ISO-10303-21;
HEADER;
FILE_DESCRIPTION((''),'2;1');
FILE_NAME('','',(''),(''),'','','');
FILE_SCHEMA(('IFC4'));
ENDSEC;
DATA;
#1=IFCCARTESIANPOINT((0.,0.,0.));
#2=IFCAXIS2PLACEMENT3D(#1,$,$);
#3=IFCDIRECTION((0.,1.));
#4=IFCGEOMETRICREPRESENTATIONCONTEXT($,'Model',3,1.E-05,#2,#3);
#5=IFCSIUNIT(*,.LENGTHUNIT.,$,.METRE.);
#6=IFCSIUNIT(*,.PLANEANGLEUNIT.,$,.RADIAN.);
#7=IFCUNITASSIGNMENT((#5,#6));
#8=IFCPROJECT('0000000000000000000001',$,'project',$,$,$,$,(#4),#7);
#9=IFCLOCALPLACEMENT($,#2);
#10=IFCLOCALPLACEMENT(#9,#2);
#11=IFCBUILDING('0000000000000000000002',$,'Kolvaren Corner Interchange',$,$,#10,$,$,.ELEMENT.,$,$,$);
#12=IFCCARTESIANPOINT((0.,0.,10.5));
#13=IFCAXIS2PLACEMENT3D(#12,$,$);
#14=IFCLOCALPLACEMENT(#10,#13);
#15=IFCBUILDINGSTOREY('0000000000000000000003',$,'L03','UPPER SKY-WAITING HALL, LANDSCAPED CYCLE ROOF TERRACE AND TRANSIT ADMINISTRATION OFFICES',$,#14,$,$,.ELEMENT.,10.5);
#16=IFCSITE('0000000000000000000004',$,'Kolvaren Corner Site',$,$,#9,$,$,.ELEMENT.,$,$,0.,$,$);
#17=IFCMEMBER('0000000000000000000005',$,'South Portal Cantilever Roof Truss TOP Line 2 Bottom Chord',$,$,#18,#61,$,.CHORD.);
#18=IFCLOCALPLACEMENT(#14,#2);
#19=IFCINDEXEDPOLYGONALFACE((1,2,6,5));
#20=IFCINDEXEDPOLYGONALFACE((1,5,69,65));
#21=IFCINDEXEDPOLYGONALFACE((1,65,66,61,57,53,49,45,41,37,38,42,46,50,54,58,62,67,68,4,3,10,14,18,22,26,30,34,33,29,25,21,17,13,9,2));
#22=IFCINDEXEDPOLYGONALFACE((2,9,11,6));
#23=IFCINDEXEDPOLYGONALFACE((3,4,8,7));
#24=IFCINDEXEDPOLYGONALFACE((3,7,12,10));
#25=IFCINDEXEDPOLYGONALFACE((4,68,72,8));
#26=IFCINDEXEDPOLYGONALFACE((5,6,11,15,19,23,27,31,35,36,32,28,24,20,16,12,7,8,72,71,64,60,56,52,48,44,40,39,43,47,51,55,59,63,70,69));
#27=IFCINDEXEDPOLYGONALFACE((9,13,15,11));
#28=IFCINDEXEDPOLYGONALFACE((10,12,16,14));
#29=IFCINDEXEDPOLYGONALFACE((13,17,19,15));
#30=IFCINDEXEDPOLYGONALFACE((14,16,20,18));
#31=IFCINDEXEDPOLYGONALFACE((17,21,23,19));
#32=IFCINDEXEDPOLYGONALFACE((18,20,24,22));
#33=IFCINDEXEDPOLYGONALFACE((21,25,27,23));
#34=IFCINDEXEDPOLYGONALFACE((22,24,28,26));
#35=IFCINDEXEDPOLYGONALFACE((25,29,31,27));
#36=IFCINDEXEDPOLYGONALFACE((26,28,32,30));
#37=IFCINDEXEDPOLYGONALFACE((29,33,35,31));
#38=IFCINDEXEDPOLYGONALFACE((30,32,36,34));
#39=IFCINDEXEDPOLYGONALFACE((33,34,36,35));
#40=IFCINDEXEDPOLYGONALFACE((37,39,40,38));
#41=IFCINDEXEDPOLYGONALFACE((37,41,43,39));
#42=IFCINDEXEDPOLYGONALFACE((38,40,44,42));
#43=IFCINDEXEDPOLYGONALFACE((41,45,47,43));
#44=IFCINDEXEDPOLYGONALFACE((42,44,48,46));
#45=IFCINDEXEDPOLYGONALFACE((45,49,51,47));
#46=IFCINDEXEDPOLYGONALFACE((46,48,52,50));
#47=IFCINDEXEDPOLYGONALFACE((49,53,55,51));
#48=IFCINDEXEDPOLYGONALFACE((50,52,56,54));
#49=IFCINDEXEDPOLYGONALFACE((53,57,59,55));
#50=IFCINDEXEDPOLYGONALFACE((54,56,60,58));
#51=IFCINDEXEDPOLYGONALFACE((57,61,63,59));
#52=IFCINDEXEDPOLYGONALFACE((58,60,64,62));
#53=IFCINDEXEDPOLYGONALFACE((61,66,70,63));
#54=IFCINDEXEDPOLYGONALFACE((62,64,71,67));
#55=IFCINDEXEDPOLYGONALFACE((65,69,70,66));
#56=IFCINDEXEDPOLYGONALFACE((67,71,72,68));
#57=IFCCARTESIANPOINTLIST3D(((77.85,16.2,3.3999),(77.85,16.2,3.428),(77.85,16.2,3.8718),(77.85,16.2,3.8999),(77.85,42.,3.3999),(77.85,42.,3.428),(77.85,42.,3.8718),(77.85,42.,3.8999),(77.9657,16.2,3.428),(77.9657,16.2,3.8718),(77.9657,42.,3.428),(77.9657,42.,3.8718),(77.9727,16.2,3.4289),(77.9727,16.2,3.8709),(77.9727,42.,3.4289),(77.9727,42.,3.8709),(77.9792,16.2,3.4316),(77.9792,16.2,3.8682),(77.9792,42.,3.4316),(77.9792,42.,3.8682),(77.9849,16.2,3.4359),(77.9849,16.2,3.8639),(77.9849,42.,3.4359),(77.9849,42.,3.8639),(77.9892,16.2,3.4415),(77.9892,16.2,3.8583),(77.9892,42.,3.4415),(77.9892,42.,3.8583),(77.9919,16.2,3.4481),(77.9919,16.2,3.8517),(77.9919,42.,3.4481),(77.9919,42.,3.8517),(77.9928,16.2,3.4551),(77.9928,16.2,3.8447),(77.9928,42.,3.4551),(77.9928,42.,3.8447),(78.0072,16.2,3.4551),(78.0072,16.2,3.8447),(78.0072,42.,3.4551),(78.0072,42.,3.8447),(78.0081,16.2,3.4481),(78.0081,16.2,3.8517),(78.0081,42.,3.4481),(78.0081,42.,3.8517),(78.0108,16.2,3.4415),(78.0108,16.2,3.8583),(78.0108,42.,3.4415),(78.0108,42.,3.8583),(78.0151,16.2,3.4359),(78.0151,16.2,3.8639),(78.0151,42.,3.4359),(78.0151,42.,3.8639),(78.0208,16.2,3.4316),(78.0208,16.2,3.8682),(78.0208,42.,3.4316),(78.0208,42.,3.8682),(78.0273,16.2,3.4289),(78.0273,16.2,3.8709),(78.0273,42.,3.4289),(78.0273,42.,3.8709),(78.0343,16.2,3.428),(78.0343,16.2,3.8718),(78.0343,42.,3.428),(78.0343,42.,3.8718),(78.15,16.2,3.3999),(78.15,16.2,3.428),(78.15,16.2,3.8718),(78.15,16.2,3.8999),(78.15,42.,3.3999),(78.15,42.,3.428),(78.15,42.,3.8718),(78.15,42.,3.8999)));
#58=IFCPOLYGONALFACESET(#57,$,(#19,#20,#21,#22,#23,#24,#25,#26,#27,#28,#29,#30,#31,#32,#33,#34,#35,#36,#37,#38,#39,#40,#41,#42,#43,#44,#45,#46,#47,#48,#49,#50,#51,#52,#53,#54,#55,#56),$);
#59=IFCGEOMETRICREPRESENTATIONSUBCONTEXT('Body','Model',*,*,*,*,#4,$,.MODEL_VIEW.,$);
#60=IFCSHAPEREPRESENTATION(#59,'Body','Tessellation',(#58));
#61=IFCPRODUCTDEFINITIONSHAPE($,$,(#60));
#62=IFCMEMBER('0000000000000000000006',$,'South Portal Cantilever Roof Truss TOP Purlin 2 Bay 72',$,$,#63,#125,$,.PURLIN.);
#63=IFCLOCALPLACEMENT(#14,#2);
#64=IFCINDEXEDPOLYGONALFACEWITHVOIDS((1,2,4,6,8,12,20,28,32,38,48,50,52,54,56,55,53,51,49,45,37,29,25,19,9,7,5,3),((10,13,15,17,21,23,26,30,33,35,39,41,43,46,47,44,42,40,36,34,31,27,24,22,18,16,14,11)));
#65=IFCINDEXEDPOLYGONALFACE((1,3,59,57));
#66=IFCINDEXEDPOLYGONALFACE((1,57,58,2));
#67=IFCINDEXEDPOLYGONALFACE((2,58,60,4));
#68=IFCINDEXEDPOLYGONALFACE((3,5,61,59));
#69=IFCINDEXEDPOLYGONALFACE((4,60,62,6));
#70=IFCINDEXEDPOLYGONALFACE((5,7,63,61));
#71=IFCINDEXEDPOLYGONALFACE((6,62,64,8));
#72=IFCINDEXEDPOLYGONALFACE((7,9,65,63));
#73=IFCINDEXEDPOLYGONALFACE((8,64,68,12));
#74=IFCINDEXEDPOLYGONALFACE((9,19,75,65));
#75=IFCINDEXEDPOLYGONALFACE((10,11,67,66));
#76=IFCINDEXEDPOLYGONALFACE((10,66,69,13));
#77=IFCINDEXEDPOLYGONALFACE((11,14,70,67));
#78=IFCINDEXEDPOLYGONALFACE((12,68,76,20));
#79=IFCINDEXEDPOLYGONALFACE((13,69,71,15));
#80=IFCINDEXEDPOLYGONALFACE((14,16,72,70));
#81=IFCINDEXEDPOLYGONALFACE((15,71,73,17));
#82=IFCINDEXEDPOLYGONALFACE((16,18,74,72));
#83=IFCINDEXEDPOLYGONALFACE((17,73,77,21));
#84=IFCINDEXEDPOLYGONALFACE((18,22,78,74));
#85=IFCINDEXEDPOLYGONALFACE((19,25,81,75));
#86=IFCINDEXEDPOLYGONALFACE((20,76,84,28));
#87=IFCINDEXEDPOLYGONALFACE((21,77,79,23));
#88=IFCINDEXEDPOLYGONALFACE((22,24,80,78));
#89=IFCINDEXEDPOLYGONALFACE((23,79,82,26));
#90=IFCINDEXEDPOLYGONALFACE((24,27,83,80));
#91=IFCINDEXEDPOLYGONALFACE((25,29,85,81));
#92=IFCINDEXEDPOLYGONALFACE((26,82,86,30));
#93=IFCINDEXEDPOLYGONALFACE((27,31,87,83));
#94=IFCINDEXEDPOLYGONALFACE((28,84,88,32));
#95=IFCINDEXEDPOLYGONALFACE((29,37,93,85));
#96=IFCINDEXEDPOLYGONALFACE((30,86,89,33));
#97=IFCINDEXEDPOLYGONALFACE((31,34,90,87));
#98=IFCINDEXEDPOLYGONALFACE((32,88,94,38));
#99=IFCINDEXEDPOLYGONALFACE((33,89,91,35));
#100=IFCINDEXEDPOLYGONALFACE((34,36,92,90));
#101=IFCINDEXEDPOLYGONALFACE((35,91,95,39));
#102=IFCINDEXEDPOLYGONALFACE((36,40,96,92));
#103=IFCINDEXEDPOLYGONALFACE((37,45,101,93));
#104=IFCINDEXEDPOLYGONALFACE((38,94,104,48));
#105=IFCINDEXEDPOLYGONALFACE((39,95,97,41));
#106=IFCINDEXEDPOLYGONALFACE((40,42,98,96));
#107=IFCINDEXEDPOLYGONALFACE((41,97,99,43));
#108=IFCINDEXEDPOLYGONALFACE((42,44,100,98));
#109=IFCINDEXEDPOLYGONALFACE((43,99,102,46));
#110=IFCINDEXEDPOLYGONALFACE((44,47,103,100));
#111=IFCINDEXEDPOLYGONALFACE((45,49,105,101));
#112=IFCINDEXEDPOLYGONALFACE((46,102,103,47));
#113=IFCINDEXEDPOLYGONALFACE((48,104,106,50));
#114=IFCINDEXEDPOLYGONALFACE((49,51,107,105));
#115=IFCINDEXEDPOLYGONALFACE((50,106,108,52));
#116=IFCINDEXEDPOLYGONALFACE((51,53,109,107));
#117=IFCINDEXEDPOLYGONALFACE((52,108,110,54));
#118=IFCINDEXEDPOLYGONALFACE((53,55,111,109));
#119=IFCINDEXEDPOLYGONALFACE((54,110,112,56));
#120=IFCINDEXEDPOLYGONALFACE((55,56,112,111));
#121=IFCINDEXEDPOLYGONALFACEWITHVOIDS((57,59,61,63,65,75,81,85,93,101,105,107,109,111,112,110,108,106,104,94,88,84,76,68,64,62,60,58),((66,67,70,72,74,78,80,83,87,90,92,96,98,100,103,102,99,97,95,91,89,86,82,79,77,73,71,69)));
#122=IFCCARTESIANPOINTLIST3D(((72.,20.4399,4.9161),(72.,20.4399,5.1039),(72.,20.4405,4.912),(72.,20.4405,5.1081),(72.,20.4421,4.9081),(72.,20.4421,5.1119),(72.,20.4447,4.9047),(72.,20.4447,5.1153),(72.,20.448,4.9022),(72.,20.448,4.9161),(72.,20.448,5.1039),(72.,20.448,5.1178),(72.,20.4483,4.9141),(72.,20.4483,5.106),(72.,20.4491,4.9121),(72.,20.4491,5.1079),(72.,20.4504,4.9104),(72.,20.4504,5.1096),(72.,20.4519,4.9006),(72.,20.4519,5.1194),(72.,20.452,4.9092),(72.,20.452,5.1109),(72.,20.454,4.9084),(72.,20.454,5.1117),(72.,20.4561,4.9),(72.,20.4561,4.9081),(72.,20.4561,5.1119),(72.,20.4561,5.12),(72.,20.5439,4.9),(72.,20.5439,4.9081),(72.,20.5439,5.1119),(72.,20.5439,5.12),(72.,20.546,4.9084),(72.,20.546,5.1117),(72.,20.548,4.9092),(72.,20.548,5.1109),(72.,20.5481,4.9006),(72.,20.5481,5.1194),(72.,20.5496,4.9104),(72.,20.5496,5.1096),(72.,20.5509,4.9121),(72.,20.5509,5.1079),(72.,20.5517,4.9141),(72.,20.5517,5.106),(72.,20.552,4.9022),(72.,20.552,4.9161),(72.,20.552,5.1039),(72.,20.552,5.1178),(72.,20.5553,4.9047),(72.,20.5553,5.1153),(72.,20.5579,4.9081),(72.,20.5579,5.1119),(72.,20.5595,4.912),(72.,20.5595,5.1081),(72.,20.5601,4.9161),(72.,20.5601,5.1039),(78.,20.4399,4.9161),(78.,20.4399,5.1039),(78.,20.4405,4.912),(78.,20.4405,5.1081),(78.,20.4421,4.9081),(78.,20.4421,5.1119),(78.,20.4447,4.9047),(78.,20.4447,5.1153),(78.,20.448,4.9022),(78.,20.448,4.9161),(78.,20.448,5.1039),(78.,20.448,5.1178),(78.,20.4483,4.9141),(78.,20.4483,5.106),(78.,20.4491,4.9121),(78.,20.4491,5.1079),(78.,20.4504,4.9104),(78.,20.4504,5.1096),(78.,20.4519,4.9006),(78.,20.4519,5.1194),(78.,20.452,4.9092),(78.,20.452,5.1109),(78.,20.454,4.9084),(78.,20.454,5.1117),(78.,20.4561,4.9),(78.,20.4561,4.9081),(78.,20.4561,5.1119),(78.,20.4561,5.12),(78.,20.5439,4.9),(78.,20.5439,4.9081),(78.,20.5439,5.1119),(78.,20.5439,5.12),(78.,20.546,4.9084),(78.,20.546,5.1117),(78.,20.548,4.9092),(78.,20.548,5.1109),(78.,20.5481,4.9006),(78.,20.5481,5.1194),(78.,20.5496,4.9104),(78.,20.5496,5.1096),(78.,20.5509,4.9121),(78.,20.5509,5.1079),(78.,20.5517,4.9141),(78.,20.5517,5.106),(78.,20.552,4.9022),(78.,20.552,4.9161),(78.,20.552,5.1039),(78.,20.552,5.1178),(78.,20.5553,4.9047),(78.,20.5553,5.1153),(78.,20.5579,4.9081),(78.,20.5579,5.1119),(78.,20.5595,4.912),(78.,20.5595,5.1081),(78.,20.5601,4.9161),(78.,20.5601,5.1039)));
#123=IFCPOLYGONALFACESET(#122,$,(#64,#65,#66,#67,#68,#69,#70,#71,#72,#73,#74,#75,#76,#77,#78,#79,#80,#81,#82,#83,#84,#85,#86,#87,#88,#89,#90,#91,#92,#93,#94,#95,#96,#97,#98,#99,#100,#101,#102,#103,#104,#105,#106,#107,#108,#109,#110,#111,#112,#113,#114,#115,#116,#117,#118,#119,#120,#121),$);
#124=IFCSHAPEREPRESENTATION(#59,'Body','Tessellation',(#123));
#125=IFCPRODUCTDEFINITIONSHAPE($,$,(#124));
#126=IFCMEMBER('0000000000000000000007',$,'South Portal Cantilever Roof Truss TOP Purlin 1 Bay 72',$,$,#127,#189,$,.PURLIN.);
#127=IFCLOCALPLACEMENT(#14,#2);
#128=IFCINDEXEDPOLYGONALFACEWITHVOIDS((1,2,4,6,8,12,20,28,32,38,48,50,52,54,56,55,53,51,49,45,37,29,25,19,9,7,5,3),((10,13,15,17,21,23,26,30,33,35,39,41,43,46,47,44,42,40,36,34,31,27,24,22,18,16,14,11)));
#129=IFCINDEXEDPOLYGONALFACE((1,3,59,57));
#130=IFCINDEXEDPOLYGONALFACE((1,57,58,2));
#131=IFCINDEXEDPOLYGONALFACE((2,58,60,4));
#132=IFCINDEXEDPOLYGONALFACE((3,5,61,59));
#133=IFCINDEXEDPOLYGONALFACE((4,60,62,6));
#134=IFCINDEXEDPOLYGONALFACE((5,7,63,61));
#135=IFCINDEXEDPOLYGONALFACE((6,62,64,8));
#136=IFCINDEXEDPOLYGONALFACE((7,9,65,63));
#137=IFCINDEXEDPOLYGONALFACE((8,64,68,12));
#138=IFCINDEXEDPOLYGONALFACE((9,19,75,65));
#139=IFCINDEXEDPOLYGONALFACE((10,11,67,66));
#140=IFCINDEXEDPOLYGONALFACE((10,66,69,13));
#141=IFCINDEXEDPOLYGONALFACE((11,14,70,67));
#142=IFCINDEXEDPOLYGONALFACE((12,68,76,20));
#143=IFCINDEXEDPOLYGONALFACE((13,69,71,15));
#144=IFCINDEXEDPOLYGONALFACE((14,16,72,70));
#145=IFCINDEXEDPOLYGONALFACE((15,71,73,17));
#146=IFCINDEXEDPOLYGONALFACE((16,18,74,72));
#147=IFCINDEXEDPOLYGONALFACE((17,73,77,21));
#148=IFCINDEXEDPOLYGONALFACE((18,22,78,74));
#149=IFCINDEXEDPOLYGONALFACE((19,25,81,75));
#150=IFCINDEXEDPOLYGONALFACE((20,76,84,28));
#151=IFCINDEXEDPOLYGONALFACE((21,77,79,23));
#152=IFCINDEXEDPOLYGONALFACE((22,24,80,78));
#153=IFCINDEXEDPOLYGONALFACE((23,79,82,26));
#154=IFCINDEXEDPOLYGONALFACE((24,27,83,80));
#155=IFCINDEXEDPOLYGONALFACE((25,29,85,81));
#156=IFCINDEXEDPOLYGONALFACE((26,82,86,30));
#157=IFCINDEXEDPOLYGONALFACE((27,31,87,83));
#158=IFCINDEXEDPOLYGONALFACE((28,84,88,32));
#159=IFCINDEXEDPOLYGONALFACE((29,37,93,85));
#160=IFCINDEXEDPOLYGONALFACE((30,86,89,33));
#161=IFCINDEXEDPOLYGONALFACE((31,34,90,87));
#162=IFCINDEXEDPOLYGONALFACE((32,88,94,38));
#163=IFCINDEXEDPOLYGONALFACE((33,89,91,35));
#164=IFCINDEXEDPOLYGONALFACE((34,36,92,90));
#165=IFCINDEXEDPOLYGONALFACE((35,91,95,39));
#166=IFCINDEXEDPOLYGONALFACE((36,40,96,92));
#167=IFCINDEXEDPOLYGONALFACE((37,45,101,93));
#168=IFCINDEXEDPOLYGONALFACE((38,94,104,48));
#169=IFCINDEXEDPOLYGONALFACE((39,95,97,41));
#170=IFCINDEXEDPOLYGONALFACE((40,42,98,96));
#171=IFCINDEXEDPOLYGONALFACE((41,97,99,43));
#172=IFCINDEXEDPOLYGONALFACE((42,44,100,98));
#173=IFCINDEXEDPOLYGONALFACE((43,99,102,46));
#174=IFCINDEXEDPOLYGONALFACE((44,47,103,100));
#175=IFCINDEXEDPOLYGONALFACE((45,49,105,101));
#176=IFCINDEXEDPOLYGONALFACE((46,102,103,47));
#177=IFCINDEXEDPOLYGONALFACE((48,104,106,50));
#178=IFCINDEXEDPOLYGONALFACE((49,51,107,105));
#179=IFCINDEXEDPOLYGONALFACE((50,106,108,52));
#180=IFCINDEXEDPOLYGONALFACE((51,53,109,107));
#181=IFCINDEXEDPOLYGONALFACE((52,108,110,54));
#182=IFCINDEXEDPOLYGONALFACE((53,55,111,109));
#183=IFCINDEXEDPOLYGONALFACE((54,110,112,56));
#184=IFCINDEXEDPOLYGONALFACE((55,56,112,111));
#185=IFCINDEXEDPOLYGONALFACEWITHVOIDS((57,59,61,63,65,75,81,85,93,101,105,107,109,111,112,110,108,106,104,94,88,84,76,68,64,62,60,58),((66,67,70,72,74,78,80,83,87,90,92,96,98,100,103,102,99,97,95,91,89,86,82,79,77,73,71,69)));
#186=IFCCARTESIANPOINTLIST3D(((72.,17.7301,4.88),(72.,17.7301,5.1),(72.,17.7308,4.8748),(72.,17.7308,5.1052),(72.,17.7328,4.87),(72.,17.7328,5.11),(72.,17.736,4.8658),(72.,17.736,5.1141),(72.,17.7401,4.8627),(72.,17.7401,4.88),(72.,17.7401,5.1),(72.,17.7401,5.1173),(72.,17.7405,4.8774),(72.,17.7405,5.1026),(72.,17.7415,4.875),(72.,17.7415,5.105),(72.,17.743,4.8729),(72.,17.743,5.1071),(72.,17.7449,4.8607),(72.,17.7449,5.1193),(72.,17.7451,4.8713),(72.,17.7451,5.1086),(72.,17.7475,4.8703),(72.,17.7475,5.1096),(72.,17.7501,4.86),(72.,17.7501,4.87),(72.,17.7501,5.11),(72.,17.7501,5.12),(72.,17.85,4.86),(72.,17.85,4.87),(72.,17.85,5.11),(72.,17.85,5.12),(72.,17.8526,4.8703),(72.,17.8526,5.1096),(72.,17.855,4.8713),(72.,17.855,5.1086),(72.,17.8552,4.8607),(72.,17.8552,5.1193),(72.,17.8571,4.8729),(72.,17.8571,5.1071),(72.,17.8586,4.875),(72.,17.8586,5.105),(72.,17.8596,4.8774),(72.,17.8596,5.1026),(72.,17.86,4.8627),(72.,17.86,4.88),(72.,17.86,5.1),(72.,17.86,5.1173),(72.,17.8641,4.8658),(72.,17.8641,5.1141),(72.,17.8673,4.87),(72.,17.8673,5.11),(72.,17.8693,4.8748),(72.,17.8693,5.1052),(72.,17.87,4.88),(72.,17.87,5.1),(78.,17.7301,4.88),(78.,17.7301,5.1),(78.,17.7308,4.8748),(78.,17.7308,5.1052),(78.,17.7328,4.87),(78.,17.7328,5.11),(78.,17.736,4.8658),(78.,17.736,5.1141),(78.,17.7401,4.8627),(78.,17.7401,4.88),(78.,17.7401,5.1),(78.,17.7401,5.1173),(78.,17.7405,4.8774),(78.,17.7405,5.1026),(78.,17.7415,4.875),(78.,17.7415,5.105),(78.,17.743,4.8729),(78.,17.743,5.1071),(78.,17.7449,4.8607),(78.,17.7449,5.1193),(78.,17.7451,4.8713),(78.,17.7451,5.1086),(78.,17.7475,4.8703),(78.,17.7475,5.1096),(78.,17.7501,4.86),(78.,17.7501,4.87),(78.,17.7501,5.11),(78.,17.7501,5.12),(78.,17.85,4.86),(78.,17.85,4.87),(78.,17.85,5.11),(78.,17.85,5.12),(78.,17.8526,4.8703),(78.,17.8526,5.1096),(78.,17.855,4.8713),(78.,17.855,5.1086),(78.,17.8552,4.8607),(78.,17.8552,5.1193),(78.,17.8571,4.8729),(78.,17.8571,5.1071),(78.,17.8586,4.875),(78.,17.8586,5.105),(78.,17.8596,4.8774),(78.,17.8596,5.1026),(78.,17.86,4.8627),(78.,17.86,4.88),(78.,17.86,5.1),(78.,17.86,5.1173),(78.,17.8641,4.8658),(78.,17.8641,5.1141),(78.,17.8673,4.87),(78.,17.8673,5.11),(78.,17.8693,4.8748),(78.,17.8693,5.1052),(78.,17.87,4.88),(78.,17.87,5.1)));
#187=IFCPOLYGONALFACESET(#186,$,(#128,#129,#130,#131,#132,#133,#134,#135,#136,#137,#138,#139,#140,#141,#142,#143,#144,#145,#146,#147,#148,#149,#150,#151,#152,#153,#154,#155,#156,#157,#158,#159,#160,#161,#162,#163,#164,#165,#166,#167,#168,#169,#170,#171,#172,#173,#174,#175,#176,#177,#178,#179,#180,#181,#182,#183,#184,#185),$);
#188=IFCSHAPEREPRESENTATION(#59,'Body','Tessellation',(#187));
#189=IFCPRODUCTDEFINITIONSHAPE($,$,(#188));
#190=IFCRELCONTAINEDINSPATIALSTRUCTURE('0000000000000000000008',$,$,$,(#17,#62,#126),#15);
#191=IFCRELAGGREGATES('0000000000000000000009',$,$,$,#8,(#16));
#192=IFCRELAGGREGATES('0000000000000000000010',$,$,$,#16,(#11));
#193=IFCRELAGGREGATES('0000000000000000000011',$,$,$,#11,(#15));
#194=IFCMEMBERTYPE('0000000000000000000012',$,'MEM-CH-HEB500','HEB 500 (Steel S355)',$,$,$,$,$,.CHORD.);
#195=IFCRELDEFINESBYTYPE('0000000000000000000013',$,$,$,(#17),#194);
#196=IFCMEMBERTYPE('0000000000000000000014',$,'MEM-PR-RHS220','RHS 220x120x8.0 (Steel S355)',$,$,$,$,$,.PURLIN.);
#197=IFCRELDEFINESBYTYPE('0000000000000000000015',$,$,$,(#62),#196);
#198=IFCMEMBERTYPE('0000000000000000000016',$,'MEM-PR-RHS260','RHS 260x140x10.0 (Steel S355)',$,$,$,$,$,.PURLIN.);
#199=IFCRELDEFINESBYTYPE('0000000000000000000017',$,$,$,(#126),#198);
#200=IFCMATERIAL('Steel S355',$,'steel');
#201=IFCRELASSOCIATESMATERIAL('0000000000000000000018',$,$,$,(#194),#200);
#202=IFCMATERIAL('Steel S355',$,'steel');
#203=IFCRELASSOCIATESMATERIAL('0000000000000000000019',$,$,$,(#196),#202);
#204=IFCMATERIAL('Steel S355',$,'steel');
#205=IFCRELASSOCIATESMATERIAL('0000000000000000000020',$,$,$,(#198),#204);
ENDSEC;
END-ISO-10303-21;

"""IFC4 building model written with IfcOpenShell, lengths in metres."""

from ifc_helpers import new_model, si_unit, direction, frame, origin, origin_2d, place, context, subcontext, project, spatial, hollow_rectangle, i_section, extrude, material, material_profile, profile_set, type_object, element, save


model = new_model("IFC4")

# Units and contexts
model_context = context("Model", 3, precision=1e-05, world=origin(), true_north=direction((0.0, 1.0)))
body_context = subcontext(model_context, "Body", "Model", "MODEL_VIEW")
ifc_project = project(units=[si_unit("LENGTHUNIT", "METRE"), si_unit("PLANEANGLEUNIT", "RADIAN")], contexts=[model_context])

# Site, building, storey
site_placement = place(None, origin())
site = spatial("IfcSite", under=ifc_project, at=site_placement, Name="Kolvaren Corner Site", CompositionType="ELEMENT", RefElevation=0.0)
building_placement = place(site_placement, origin())
building = spatial("IfcBuilding", under=site, at=building_placement, Name="Kolvaren Corner Interchange", CompositionType="ELEMENT")
storey_placement = place(building_placement, frame((0.0, 0.0, 10.5)))
storey = spatial("IfcBuildingStorey", under=building, at=storey_placement, Name="L03", Description="UPPER SKY-WAITING HALL, LANDSCAPED CYCLE ROOF TERRACE AND TRANSIT ADMINISTRATION OFFICES", CompositionType="ELEMENT", Elevation=10.5)

# Members
ifc_material_1 = material(Name="Steel S355", Category="steel")
ifc_material_profile_1 = material_profile(ifc_material_1, i_section(OverallWidth=0.3, OverallDepth=0.5, WebThickness=0.0144, FlangeThickness=0.0281, FilletRadius=0.0271, at=origin_2d()), Name="HEB 500")
ifc_profile_set_1 = profile_set([ifc_material_profile_1], Name="Steel S355")
member_type_1 = type_object("IfcMemberType", Name="MEM-CH-HEB500", Description="HEB 500 (Steel S355)", PredefinedType="CHORD", material=ifc_profile_set_1)
for number, where, z_axis, x_axis, name in (
    (1, (78.0, 16.2, 3.6499), (0.0, 1.0, 0.0), (-1.0, 0.0, 0.0), "South Portal Cantilever Roof Truss TOP Line 2 Bottom Chord"),
):
    element("IfcMember", number, at=place(storey_placement, frame(where, z_axis=z_axis, x_axis=x_axis)), inside=storey, type_object=member_type_1, Name=name, PredefinedType="CHORD", context=body_context, shape_type="SweptSolid", body=[
        extrude(i_section(OverallWidth=0.3, OverallDepth=0.5, WebThickness=0.0144, FlangeThickness=0.0281, FilletRadius=0.0271, at=origin_2d()), origin(), (0.0, 0.0, 1.0), 25.8),
    ])
ifc_material_2 = material(Name="Steel S355", Category="steel")
ifc_material_profile_2 = material_profile(ifc_material_2, hollow_rectangle(XDim=0.1201, YDim=0.22, WallThickness=0.0081, InnerFilletRadius=0.0081, OuterFilletRadius=0.0161, at=origin_2d()), Name="RHS 220x120x8.0")
ifc_profile_set_2 = profile_set([ifc_material_profile_2], Name="Steel S355")
member_type_2 = type_object("IfcMemberType", Name="MEM-PR-RHS220", Description="RHS 220x120x8.0 (Steel S355)", PredefinedType="PURLIN", material=ifc_profile_set_2)
member_1_placement = place(storey_placement, frame((72.0, 20.5, 5.01), z_axis=(1.0, 0.0, 0.0), x_axis=(0.0, 1.0, 0.0)))
element("IfcMember", 2, at=member_1_placement, inside=storey, type_object=member_type_2, Name="South Portal Cantilever Roof Truss TOP Purlin 2 Bay 72", PredefinedType="PURLIN", context=body_context, shape_type="SweptSolid", body=[
    extrude(hollow_rectangle(XDim=0.1201, YDim=0.22, WallThickness=0.0081, InnerFilletRadius=0.0081, OuterFilletRadius=0.0161, at=origin_2d()), origin(), (0.0, 0.0, 1.0), 6.0),
])
ifc_material_3 = material(Name="Steel S355", Category="steel")
ifc_material_profile_3 = material_profile(ifc_material_3, hollow_rectangle(XDim=0.1399, YDim=0.26, WallThickness=0.01, InnerFilletRadius=0.01, OuterFilletRadius=0.02, at=origin_2d()), Name="RHS 260x140x10.0")
ifc_profile_set_3 = profile_set([ifc_material_profile_3], Name="Steel S355")
member_type_3 = type_object("IfcMemberType", Name="MEM-PR-RHS260", Description="RHS 260x140x10.0 (Steel S355)", PredefinedType="PURLIN", material=ifc_profile_set_3)
member_2_placement = place(storey_placement, frame((72.0, 17.8, 4.99), z_axis=(1.0, 0.0, 0.0), x_axis=(0.0, 1.0, 0.0)))
element("IfcMember", 3, at=member_2_placement, inside=storey, type_object=member_type_3, Name="South Portal Cantilever Roof Truss TOP Purlin 1 Bay 72", PredefinedType="PURLIN", context=body_context, shape_type="SweptSolid", body=[
    extrude(hollow_rectangle(XDim=0.1399, YDim=0.26, WallThickness=0.01, InnerFilletRadius=0.01, OuterFilletRadius=0.02, at=origin_2d()), origin(), (0.0, 0.0, 1.0), 6.0),
])

save(model, "model.ifc")
